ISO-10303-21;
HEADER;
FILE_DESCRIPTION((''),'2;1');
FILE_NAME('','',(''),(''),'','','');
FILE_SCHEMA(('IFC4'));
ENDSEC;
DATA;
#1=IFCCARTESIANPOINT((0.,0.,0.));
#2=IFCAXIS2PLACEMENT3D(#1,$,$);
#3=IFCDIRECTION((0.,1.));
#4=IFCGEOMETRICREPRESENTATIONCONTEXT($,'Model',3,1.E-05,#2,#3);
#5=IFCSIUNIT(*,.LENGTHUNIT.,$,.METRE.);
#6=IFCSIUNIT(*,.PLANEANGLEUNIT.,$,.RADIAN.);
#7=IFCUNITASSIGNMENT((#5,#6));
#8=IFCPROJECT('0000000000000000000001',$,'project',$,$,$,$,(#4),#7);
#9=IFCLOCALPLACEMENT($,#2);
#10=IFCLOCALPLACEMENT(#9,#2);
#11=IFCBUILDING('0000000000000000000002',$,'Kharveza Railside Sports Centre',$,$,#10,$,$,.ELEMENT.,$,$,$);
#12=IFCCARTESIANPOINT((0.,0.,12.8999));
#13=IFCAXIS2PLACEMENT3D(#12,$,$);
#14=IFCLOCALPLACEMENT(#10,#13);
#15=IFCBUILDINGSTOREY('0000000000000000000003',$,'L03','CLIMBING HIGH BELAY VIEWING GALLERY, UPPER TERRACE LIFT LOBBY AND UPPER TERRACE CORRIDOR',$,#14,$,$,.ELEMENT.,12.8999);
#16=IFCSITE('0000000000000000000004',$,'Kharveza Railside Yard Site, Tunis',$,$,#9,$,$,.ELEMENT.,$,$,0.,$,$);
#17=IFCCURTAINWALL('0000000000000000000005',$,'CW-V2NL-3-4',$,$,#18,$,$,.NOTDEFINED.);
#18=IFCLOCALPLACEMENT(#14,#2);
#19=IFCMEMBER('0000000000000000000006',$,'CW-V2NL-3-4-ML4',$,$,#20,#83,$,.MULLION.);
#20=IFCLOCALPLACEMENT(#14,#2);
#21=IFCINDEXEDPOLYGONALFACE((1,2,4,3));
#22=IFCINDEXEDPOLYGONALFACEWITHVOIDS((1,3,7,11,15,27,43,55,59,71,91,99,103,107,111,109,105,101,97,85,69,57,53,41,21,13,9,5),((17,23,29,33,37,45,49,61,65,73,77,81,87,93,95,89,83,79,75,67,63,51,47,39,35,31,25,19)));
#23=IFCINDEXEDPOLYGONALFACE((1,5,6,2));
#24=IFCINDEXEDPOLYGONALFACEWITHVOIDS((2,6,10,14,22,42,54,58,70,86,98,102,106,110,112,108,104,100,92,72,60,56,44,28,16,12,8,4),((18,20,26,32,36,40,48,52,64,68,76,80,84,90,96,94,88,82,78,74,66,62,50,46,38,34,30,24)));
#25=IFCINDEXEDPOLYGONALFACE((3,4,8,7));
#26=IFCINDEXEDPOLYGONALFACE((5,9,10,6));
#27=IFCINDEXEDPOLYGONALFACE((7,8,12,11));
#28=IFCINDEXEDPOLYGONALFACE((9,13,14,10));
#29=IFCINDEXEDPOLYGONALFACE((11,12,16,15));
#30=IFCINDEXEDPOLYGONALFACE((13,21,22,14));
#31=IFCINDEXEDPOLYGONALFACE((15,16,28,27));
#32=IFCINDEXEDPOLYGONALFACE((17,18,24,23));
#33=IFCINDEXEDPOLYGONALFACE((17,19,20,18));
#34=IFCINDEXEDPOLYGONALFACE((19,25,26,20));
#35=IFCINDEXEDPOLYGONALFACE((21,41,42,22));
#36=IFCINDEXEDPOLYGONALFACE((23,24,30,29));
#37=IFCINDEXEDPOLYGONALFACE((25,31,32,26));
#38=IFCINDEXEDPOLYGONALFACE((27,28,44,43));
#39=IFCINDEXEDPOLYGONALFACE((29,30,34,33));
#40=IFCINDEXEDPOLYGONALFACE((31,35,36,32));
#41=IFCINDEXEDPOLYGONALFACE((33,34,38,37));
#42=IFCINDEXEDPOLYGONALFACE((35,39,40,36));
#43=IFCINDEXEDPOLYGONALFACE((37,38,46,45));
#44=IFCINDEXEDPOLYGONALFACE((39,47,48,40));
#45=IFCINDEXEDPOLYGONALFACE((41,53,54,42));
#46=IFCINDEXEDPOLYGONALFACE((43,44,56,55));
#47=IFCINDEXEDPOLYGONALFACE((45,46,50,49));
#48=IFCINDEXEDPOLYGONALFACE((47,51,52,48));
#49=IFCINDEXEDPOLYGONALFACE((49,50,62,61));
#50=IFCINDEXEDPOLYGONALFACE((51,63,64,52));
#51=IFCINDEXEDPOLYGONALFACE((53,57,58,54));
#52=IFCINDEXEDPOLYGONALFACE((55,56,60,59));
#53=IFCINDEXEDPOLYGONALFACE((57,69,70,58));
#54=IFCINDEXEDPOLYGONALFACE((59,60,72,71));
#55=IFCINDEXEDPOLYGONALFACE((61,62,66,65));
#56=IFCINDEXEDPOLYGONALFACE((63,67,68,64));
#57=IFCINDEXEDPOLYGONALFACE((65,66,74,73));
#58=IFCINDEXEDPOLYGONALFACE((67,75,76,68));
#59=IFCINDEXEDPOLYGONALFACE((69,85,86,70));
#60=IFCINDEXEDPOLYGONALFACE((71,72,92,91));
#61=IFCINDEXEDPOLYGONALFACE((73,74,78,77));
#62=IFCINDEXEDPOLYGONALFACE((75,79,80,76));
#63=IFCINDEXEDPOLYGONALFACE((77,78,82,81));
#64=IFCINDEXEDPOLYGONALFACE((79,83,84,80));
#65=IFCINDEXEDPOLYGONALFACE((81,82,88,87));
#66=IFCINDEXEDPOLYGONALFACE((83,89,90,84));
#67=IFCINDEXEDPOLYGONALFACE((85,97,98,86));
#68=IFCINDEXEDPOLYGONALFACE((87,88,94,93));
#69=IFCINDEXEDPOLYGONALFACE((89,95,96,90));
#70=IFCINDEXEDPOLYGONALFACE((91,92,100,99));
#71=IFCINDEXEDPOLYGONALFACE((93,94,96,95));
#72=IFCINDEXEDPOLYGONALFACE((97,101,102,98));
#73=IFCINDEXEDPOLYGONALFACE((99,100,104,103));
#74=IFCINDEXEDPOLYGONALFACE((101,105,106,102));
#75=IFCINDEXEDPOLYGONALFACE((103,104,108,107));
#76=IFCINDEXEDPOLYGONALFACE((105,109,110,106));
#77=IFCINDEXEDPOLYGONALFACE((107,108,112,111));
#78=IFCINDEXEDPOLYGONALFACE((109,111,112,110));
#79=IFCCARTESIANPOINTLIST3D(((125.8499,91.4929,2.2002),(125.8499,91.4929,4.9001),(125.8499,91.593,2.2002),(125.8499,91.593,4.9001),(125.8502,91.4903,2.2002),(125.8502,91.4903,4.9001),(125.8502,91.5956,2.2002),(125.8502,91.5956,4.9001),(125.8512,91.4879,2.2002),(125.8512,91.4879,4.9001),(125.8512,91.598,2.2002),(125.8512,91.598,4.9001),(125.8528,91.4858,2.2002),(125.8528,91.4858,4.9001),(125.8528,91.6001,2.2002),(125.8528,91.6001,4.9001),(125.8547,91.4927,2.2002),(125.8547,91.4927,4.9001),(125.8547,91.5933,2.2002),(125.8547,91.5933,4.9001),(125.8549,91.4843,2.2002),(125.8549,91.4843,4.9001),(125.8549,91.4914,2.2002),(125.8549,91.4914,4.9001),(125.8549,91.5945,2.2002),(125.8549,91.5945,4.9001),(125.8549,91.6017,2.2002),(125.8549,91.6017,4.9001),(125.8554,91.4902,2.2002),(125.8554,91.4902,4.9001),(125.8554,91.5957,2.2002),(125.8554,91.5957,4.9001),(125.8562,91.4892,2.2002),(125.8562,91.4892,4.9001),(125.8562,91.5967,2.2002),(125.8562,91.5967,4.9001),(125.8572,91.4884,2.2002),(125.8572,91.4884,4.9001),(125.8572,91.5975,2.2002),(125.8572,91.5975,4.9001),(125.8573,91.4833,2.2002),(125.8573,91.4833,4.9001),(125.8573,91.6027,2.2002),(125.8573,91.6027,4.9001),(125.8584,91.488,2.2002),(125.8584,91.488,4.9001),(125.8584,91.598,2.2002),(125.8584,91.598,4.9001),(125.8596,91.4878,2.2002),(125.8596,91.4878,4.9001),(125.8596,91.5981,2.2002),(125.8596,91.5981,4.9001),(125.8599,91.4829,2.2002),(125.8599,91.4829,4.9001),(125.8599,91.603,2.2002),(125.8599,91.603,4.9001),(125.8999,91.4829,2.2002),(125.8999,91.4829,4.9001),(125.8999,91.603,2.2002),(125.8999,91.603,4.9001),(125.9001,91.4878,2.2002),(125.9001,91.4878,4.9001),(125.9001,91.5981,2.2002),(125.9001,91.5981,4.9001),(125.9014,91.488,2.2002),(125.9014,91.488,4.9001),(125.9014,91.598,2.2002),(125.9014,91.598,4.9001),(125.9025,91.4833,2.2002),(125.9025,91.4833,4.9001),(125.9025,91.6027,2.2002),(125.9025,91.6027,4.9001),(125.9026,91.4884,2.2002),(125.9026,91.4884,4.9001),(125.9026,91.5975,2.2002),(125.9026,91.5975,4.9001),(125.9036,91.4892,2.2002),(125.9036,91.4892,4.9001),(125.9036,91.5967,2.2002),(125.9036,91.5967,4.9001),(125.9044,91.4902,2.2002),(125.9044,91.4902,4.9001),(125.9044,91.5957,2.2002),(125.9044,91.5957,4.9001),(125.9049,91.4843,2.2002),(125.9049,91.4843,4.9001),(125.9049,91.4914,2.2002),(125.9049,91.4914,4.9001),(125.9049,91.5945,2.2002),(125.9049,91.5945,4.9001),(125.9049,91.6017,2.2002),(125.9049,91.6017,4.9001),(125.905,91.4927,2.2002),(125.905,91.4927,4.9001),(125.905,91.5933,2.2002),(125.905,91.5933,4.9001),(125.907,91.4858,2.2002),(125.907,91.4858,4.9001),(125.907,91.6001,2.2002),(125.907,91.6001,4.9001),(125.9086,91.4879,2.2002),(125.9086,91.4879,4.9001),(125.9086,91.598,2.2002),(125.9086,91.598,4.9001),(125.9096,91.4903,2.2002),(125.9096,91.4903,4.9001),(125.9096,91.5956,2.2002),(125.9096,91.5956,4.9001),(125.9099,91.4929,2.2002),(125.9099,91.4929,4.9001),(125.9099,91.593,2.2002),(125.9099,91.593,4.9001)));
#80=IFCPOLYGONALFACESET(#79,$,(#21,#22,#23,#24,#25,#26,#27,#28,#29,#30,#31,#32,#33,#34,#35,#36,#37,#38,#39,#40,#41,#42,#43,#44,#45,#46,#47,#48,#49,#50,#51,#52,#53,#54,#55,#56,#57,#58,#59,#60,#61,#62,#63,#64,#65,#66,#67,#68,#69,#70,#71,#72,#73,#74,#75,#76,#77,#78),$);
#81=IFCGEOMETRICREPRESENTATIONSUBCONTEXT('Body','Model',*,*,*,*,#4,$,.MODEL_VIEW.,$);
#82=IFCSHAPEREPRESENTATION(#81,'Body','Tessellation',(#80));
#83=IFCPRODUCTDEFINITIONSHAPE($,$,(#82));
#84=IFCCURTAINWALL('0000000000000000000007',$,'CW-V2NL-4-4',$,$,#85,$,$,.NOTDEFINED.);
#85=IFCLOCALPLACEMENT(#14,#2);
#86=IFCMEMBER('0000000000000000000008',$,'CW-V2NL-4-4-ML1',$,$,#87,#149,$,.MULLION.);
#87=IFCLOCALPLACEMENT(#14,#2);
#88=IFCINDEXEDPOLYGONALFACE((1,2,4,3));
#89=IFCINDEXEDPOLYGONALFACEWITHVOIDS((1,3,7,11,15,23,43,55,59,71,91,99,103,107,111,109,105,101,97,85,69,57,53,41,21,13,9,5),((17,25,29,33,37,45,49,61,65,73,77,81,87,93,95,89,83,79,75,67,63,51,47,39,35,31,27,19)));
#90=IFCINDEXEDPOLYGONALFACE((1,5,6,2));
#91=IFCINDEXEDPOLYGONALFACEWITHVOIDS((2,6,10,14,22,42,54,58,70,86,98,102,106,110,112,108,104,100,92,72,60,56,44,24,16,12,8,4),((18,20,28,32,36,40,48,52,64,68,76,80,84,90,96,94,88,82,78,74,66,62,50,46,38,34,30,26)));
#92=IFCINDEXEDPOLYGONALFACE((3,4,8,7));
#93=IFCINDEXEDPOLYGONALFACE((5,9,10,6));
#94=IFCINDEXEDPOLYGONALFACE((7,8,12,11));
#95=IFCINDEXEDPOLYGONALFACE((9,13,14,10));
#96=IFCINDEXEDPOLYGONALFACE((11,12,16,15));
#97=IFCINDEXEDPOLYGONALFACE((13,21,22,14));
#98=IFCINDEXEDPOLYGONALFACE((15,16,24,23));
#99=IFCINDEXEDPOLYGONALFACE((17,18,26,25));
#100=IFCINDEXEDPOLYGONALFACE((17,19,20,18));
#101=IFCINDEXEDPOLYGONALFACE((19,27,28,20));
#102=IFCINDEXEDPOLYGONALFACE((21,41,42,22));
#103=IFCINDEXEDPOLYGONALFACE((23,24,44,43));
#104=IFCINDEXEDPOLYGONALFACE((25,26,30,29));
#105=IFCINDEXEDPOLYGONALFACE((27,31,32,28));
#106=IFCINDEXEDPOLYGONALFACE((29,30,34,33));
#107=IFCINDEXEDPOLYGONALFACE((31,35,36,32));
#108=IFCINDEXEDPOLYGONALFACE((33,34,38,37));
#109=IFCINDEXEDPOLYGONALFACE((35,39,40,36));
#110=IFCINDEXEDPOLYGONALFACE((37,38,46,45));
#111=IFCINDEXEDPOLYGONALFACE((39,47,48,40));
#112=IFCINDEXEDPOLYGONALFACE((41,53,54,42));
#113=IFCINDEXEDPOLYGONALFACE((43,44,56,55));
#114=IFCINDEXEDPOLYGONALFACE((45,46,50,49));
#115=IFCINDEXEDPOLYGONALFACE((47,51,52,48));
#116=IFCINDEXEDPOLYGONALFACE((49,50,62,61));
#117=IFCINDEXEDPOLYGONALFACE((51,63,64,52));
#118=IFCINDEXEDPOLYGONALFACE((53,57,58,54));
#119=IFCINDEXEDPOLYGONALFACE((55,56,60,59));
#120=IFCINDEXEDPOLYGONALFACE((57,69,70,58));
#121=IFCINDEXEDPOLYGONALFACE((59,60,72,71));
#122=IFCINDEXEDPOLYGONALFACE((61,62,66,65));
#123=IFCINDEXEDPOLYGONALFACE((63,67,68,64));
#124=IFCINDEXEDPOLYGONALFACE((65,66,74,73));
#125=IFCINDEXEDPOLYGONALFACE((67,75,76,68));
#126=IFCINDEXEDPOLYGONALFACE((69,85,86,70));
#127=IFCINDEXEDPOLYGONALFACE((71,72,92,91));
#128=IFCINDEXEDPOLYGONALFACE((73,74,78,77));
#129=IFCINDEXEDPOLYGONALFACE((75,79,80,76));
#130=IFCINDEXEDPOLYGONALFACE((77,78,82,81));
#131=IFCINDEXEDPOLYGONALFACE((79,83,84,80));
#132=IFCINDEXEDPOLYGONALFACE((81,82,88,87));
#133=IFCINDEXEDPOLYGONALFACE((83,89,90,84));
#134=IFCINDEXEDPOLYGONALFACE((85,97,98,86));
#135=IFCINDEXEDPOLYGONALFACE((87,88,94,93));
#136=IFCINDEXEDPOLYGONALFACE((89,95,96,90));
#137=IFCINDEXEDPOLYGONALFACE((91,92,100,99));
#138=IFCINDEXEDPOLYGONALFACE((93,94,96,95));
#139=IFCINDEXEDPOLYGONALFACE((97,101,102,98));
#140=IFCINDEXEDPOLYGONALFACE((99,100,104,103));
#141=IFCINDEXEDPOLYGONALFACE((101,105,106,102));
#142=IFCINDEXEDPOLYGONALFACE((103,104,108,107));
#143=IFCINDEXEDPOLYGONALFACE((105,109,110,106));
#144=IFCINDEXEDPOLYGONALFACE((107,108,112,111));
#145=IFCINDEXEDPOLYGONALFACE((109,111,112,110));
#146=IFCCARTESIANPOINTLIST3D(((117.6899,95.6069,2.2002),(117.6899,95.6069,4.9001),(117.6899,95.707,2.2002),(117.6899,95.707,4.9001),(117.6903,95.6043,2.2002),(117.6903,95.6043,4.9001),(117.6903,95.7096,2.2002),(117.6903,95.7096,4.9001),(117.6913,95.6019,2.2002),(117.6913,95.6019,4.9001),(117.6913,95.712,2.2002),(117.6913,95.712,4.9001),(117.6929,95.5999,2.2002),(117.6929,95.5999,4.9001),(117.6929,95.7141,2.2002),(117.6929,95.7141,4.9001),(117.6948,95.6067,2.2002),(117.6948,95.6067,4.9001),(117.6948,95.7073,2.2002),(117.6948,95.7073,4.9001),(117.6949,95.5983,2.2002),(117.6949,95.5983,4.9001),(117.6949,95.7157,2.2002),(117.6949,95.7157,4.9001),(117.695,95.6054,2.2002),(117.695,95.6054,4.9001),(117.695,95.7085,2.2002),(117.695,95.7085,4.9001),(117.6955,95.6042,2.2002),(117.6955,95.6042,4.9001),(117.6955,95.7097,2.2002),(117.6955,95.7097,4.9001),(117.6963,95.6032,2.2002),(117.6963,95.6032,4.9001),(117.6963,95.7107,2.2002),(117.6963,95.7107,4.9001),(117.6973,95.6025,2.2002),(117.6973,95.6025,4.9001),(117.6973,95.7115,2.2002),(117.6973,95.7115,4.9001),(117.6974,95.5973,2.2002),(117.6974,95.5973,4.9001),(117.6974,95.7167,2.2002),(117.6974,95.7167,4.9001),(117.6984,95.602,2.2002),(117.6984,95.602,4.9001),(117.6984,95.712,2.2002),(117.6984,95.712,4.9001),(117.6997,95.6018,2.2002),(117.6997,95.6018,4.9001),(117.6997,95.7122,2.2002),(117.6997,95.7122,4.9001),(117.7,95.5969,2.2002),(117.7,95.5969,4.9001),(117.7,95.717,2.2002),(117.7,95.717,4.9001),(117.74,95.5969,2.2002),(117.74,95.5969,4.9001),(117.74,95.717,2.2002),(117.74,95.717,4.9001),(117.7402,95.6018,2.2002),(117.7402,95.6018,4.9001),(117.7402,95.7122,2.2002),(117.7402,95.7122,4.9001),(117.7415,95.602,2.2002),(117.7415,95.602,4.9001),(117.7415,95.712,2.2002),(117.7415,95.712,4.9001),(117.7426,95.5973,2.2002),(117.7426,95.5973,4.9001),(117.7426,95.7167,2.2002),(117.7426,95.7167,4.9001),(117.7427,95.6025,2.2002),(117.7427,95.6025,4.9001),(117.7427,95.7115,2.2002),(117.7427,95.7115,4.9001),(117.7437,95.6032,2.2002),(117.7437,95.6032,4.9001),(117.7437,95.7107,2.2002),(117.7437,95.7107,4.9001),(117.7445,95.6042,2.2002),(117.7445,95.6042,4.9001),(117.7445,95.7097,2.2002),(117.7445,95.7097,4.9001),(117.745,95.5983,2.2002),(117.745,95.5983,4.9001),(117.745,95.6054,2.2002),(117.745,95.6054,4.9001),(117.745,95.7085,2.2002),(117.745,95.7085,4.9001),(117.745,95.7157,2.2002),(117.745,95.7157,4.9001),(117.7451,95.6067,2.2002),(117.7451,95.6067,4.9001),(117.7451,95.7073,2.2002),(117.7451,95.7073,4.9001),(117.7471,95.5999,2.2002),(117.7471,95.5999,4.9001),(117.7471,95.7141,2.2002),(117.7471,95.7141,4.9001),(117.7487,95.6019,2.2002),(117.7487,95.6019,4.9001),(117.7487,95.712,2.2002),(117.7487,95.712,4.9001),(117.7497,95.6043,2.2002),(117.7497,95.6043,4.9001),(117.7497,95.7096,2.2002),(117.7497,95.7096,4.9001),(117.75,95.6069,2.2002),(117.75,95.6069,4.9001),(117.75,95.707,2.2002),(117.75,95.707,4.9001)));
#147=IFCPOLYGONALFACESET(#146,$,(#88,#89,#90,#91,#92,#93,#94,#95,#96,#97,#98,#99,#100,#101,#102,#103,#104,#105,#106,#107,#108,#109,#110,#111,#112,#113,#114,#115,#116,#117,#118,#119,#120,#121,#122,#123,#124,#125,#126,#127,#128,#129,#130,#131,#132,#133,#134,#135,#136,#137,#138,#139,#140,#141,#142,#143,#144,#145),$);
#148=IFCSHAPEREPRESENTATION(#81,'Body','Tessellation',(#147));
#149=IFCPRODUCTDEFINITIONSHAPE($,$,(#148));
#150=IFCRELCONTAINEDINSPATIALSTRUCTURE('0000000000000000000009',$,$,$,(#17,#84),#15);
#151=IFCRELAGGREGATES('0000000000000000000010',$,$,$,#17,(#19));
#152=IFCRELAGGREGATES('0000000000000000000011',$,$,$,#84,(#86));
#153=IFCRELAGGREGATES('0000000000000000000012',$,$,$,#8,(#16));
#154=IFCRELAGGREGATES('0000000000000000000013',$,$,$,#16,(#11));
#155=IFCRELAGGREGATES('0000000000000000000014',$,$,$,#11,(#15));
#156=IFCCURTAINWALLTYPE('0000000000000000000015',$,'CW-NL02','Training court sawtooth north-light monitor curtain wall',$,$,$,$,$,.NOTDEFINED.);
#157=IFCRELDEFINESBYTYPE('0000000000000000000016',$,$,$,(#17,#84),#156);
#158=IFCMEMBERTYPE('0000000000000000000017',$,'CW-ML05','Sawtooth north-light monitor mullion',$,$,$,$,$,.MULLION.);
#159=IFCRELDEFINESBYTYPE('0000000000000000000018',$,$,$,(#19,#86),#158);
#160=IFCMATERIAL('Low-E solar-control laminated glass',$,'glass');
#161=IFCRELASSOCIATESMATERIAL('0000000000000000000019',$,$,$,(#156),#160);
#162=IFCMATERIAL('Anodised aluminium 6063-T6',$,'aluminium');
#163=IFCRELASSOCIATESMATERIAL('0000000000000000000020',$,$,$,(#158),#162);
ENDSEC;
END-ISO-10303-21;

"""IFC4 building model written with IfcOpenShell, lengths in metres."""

from ifc_helpers import new_model, si_unit, direction, frame, origin, origin_2d, place, context, subcontext, project, spatial, hollow_rectangle, extrude, material, material_profile, profile_set, type_object, element, aggregate, save


model = new_model("IFC4")

# Units and contexts
model_context = context("Model", 3, precision=1e-05, world=origin(), true_north=direction((0.0, 1.0)))
body_context = subcontext(model_context, "Body", "Model", "MODEL_VIEW")
ifc_project = project(units=[si_unit("LENGTHUNIT", "METRE"), si_unit("PLANEANGLEUNIT", "RADIAN")], contexts=[model_context])

# Site, building, storey
site_placement = place(None, origin())
site = spatial("IfcSite", under=ifc_project, at=site_placement, Name="Kharveza Railside Yard Site, Tunis", CompositionType="ELEMENT", RefElevation=0.0)
building_placement = place(site_placement, origin())
building = spatial("IfcBuilding", under=site, at=building_placement, Name="Kharveza Railside Sports Centre", CompositionType="ELEMENT")
storey_placement = place(building_placement, frame((0.0, 0.0, 12.8999)))
storey = spatial("IfcBuildingStorey", under=building, at=storey_placement, Name="L03", Description="CLIMBING HIGH BELAY VIEWING GALLERY, UPPER TERRACE LIFT LOBBY AND UPPER TERRACE CORRIDOR", CompositionType="ELEMENT", Elevation=12.8999)

# Curtain walls, members
ifc_material_1 = material(Name="Low-E solar-control laminated glass", Category="glass")
curtain_wall_type = type_object("IfcCurtainWallType", Name="CW-NL02", Description="Training court sawtooth north-light monitor curtain wall", PredefinedType="NOTDEFINED", material=ifc_material_1)
curtain_wall_1_placement = place(storey_placement, origin())
curtain_wall_1 = element("IfcCurtainWall", 1, at=curtain_wall_1_placement, inside=storey, type_object=curtain_wall_type, Name="CW-V2NL-3-4", PredefinedType="NOTDEFINED")
ifc_material_2 = material(Name="Anodised aluminium 6063-T6", Category="aluminium")
ifc_material_profile_1 = material_profile(ifc_material_2, hollow_rectangle(XDim=0.0601, YDim=0.1201, WallThickness=0.0049, InnerFilletRadius=0.0049, OuterFilletRadius=0.01, at=origin_2d()), Name="RHS 60x120x5.0")
ifc_profile_set_1 = profile_set([ifc_material_profile_1], Name="Anodised aluminium 6063-T6")
member_type_1 = type_object("IfcMemberType", Name="CW-ML05", Description="Sawtooth north-light monitor mullion", PredefinedType="MULLION", material=ifc_profile_set_1)
member_1_placement = place(storey_placement, frame((125.8799, 91.543, 2.2002), z_axis=(0.0, 0.0, 1.0), x_axis=(1.0, 0.0, 0.0)))
member_1 = element("IfcMember", 2, at=member_1_placement, type_object=member_type_1, Name="CW-V2NL-3-4-ML4", PredefinedType="MULLION", context=body_context, shape_type="SweptSolid", body=[
    extrude(hollow_rectangle(XDim=0.0601, YDim=0.1201, WallThickness=0.0049, InnerFilletRadius=0.0049, OuterFilletRadius=0.01, at=origin_2d()), origin(), (0.0, 0.0, 1.0), 2.7),
])
curtain_wall_2_placement = place(storey_placement, origin())
curtain_wall_2 = element("IfcCurtainWall", 3, at=curtain_wall_2_placement, inside=storey, type_object=curtain_wall_type, Name="CW-V2NL-4-4", PredefinedType="NOTDEFINED")
member_2_placement = place(storey_placement, frame((117.72, 95.657, 2.2002), z_axis=(0.0, 0.0, 1.0), x_axis=(1.0, 0.0, 0.0)))
member_2 = element("IfcMember", 4, at=member_2_placement, type_object=member_type_1, Name="CW-V2NL-4-4-ML1", PredefinedType="MULLION", context=body_context, shape_type="SweptSolid", body=[
    extrude(hollow_rectangle(XDim=0.0601, YDim=0.1201, WallThickness=0.0049, InnerFilletRadius=0.0049, OuterFilletRadius=0.01, at=origin_2d()), origin(), (0.0, 0.0, 1.0), 2.7),
])

aggregate(curtain_wall_1, [member_1])
aggregate(curtain_wall_2, [member_2])

save(model, "model.ifc")
